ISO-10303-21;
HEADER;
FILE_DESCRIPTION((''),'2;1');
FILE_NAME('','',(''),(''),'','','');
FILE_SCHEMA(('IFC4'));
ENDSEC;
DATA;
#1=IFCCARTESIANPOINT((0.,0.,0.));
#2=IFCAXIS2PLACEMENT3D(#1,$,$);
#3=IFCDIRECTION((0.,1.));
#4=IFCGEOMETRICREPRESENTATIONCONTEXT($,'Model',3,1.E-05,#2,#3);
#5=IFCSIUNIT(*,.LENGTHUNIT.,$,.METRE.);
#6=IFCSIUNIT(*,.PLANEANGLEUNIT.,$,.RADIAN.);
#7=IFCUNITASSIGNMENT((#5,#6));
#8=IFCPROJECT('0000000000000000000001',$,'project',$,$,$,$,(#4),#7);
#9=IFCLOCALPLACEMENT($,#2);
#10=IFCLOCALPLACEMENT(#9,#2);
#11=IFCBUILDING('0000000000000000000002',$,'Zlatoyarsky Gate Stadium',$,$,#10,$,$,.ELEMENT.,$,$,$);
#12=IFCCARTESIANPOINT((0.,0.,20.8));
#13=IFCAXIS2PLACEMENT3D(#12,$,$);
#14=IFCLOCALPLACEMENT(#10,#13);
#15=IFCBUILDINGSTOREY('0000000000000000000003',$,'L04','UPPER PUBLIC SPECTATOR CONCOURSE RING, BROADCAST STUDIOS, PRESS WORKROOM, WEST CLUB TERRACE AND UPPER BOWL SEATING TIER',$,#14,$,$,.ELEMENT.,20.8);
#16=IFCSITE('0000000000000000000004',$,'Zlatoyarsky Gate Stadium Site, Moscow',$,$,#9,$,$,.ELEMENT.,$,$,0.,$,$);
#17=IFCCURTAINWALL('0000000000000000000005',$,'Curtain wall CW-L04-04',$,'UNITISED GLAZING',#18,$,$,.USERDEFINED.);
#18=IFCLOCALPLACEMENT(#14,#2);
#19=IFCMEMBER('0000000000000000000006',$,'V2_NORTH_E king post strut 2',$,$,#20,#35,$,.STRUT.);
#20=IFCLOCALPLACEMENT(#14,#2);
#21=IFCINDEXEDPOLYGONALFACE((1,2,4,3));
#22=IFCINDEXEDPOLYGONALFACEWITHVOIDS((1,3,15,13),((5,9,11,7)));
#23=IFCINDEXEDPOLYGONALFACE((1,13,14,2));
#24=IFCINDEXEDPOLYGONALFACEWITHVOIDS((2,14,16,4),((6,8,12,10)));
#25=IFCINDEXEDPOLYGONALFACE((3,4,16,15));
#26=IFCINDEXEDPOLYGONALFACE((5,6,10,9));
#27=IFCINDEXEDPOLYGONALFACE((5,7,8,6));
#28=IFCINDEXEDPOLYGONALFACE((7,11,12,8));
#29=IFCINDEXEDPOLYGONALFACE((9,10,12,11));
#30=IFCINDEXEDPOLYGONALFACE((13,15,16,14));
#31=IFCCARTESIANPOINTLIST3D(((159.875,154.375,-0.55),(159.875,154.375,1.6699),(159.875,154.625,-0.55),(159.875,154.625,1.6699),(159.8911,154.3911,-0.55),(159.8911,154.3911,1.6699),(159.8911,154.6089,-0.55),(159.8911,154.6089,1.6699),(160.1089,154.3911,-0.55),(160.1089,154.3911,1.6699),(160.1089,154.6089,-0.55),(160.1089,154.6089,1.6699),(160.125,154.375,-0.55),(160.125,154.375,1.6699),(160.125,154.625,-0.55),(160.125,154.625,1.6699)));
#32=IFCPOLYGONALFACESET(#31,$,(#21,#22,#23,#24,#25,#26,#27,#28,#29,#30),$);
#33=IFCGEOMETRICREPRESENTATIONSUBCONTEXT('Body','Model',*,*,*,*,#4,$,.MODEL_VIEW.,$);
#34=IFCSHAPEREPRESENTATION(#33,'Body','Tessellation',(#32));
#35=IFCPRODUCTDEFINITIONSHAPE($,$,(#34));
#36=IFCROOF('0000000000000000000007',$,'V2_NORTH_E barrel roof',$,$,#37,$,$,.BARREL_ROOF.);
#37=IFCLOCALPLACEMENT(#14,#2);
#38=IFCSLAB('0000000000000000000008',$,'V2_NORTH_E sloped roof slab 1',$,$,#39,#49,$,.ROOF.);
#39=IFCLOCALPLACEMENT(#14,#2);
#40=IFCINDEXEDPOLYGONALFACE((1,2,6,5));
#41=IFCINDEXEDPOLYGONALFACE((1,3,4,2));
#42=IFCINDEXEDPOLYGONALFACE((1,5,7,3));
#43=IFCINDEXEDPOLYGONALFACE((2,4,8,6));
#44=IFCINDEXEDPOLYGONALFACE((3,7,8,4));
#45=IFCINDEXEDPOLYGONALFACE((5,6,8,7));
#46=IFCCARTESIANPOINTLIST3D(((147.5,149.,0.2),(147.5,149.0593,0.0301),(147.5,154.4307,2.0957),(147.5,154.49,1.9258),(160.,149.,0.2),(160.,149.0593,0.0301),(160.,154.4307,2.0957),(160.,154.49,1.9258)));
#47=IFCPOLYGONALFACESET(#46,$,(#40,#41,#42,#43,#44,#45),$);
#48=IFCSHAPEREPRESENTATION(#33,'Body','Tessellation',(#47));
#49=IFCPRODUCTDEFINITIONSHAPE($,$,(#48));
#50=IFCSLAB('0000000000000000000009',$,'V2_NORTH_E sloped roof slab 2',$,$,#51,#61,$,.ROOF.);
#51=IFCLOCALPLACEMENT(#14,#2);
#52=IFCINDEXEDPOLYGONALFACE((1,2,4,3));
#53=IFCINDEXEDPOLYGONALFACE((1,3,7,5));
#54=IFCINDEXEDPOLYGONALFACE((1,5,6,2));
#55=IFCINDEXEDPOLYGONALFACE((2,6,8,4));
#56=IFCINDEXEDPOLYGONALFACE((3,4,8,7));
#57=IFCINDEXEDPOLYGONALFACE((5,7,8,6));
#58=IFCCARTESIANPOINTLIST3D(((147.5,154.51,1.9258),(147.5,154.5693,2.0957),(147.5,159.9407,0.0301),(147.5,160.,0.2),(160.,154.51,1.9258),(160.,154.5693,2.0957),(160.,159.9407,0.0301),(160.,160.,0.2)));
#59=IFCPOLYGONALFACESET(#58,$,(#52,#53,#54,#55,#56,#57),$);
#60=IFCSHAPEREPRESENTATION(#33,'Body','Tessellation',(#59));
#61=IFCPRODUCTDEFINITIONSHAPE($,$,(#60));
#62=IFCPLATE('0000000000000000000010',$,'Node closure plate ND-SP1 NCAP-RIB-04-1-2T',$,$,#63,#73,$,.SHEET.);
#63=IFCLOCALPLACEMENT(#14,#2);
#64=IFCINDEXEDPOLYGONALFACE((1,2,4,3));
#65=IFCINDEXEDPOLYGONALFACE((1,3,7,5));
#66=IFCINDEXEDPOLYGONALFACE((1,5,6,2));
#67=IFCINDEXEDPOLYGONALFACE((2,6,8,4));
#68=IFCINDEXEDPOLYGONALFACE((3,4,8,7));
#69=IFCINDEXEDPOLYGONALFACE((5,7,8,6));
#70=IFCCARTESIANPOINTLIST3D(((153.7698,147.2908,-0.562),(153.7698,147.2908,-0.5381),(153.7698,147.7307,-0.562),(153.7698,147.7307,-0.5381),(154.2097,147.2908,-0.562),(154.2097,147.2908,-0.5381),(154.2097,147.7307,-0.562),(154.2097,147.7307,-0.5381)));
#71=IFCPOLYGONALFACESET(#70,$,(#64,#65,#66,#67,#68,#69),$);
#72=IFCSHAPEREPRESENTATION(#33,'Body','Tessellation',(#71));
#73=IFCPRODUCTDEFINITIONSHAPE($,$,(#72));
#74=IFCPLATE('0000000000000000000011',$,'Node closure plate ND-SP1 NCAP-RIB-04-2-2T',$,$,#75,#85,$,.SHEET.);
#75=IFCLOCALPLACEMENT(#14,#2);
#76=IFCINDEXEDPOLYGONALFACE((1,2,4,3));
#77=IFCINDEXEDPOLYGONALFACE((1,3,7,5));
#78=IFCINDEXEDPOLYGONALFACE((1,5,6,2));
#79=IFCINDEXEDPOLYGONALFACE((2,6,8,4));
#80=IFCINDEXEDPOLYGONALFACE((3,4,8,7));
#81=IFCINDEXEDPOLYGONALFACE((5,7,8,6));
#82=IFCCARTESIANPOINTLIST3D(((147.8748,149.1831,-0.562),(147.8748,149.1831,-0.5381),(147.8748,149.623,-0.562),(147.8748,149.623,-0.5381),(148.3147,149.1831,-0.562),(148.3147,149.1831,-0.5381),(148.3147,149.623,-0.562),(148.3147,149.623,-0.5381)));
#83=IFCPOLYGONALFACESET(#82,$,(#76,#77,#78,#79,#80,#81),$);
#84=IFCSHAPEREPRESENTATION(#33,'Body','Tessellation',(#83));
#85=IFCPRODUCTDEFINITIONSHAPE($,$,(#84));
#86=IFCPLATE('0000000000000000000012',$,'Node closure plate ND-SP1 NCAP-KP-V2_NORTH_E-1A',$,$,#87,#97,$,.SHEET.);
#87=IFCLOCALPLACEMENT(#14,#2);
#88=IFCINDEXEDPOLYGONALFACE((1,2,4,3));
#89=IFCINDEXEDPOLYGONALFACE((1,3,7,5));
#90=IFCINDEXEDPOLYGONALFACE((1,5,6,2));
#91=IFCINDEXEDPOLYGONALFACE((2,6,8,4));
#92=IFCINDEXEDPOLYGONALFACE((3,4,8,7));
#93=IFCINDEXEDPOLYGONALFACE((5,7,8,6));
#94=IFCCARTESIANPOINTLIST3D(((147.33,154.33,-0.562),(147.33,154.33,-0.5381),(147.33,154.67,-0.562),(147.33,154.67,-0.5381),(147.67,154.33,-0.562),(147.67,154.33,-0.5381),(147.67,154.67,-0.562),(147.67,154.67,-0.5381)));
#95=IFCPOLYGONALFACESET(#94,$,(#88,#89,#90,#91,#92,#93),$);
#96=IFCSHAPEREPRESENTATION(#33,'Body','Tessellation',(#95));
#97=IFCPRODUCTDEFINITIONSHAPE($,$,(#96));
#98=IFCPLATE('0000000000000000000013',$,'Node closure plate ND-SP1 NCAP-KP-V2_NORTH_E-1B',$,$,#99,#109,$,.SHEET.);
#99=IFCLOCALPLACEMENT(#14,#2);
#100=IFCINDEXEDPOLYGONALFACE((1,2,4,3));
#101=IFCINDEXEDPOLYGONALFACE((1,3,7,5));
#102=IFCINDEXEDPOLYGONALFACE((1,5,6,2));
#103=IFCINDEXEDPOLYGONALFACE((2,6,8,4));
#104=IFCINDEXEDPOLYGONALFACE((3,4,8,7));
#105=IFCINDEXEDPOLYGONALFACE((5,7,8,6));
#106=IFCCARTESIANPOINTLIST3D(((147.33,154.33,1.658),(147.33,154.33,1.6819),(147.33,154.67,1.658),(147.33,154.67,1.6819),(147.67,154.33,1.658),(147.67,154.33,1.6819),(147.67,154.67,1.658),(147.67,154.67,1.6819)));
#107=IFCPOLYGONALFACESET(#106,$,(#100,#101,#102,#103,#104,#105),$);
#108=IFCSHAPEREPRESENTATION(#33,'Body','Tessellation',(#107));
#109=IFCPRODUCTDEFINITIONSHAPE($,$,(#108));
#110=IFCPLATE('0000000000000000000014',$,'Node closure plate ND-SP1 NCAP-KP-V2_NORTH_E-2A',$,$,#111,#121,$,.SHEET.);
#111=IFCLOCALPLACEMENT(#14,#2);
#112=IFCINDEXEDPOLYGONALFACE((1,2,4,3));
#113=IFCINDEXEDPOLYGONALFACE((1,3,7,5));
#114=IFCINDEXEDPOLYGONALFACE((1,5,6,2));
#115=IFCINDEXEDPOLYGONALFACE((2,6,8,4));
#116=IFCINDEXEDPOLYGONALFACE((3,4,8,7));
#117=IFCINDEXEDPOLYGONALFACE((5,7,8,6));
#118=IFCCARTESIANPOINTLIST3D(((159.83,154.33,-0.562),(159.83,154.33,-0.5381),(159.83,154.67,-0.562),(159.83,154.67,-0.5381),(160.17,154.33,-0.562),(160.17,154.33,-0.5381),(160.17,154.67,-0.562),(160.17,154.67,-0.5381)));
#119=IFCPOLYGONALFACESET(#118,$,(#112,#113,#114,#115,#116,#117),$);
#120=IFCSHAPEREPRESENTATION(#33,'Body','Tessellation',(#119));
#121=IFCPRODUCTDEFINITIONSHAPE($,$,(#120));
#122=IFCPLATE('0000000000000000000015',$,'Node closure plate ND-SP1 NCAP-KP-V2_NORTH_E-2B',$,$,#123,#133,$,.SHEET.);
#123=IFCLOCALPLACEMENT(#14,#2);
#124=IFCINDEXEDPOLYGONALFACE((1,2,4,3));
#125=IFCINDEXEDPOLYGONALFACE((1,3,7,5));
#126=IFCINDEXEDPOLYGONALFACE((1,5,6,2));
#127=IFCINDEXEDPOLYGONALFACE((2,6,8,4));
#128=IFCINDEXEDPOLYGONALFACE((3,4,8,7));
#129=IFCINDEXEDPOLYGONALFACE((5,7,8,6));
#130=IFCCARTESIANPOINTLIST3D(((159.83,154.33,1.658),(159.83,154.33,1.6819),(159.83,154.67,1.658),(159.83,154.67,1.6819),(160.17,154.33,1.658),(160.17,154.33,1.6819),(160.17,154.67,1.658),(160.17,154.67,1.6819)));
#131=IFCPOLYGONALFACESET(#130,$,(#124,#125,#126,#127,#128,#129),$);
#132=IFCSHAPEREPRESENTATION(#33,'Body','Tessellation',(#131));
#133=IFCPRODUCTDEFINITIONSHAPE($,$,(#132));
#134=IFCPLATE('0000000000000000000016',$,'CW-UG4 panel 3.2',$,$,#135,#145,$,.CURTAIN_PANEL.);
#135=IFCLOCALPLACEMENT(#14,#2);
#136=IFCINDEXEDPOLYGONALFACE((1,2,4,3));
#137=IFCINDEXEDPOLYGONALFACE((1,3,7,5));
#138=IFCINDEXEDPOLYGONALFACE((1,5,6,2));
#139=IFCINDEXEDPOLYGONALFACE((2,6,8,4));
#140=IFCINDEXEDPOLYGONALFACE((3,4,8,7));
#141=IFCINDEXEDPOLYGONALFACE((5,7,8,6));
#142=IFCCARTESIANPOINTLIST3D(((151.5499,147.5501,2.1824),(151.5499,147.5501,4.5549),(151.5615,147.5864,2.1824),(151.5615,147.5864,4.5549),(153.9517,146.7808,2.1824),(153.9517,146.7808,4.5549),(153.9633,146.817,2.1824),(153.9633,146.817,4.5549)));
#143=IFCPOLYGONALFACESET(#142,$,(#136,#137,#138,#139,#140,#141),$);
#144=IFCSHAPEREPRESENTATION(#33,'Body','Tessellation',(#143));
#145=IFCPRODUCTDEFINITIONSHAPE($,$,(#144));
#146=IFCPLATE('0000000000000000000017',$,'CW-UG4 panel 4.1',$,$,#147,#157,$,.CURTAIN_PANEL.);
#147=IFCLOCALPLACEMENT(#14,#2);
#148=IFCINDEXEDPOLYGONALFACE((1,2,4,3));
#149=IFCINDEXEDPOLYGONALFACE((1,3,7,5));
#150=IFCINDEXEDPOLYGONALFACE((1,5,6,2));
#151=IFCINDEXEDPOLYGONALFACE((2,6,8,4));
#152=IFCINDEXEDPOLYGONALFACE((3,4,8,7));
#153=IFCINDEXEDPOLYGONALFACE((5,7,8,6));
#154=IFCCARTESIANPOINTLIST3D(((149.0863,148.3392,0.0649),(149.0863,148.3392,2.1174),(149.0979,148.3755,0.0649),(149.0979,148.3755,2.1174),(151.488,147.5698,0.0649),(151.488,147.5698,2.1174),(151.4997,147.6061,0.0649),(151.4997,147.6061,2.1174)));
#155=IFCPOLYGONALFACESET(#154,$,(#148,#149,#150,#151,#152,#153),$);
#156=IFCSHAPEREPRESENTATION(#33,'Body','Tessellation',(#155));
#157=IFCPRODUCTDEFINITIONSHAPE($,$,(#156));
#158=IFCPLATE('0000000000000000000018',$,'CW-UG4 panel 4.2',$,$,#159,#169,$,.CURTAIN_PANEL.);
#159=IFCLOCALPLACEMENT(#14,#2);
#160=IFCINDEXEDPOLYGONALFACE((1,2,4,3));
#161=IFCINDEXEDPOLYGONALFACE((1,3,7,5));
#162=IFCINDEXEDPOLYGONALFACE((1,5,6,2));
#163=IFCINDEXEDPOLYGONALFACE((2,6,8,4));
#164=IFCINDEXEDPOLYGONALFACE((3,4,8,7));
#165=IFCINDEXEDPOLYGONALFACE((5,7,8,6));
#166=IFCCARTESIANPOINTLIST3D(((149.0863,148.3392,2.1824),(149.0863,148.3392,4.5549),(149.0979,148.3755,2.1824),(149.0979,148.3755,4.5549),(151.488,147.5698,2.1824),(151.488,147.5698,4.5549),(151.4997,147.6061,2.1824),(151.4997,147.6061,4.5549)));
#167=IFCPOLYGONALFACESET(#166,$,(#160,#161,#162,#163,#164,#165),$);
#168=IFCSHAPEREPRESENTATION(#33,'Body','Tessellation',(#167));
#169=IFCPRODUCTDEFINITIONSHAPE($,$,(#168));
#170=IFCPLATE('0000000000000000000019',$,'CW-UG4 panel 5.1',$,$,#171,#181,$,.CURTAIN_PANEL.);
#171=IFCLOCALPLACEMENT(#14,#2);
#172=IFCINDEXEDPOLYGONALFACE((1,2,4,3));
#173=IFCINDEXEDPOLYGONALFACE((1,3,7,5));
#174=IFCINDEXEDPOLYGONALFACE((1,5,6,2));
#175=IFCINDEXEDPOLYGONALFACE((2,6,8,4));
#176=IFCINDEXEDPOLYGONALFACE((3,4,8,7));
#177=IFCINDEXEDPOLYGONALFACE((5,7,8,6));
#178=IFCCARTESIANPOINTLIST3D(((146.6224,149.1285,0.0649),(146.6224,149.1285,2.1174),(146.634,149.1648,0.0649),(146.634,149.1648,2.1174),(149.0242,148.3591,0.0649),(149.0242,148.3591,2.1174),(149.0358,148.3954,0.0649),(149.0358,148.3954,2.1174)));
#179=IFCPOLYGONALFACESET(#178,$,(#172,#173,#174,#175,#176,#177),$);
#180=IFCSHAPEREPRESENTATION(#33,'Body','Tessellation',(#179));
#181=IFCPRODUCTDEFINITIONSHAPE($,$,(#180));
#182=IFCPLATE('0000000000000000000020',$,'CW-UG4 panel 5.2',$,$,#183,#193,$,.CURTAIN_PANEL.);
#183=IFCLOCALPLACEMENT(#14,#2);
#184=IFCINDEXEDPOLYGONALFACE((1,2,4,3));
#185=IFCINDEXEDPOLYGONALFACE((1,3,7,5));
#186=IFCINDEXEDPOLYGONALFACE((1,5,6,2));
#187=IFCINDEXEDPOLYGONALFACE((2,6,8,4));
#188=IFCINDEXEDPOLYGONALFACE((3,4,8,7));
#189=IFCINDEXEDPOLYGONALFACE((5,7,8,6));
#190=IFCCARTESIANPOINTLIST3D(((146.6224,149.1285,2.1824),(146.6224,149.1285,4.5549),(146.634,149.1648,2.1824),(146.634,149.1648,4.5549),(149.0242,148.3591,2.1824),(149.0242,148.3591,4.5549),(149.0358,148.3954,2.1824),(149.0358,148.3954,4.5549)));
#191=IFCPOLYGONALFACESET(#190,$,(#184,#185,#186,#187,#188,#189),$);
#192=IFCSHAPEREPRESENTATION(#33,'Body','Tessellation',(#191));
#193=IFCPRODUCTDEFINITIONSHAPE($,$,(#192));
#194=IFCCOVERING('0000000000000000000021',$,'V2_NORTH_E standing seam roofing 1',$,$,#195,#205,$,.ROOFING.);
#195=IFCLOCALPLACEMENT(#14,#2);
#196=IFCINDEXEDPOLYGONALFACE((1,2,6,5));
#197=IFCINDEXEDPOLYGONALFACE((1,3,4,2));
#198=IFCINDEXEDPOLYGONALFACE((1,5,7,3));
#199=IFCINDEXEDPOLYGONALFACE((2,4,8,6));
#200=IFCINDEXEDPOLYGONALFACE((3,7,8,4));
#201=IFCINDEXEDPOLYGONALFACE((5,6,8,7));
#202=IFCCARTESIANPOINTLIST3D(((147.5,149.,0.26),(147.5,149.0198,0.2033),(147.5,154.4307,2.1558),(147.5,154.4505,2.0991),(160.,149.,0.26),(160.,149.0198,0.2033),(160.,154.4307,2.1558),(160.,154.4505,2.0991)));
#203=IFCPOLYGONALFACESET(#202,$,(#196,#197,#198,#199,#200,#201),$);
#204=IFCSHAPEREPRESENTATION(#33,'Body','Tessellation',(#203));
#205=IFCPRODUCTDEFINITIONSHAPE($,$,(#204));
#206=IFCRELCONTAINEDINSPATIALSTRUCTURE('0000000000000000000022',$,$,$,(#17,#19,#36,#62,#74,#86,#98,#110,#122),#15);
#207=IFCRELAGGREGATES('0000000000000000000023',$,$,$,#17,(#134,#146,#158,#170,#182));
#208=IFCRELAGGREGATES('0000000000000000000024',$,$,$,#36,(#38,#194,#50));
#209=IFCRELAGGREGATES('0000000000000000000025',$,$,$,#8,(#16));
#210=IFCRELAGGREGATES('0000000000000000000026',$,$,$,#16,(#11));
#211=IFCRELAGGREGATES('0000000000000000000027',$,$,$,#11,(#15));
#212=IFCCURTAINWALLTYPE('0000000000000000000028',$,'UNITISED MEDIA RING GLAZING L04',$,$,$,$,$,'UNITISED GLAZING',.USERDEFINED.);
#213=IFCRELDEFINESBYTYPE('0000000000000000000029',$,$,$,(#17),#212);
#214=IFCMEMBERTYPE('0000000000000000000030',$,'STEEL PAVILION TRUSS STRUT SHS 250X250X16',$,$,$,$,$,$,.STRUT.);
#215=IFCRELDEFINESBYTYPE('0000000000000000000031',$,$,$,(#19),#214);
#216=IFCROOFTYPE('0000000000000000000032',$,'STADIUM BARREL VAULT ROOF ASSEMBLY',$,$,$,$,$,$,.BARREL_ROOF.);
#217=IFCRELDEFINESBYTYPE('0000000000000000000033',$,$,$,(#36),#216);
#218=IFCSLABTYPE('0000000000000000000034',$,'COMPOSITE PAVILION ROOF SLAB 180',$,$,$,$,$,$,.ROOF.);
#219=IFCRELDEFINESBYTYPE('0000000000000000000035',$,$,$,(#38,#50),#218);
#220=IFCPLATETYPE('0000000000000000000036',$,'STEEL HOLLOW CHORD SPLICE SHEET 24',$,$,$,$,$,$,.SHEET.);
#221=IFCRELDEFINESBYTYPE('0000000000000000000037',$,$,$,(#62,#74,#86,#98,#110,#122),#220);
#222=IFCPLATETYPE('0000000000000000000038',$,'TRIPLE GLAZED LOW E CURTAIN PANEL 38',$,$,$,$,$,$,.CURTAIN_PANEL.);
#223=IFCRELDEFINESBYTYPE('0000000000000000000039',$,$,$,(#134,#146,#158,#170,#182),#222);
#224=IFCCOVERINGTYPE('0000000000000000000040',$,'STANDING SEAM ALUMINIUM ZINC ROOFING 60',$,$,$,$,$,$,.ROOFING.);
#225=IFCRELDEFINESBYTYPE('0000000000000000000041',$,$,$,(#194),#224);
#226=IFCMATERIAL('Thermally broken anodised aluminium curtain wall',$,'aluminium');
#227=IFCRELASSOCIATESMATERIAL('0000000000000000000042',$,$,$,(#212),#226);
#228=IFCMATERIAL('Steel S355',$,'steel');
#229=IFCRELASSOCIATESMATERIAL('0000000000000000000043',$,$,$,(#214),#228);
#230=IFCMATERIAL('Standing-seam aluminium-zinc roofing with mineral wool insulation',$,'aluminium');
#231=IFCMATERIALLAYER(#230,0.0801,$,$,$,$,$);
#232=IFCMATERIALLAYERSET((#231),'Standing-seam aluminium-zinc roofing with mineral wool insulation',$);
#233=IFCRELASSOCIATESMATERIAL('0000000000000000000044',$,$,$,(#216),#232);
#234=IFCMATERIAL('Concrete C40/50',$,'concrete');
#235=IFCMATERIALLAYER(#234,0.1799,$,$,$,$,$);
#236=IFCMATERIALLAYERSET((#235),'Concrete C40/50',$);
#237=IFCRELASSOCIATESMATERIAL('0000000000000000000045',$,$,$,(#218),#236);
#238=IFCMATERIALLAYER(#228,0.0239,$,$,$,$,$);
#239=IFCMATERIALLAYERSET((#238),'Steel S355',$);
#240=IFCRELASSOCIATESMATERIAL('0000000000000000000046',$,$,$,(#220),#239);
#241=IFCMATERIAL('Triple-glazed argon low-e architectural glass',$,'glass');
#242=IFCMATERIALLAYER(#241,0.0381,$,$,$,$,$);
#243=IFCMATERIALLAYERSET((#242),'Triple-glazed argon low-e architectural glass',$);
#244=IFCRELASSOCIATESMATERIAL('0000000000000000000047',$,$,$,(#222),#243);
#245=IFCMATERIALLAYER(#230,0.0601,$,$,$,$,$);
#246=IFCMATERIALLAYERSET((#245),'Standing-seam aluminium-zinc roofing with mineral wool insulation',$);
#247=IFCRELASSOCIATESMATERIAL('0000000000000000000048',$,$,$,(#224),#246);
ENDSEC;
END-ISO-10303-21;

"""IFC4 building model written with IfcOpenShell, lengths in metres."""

from ifc_helpers import new_model, si_unit, direction, frame, origin, origin_2d, place, context, subcontext, project, spatial, polyline, rectangle, hollow_rectangle, outline, extrude, material, layer, layer_set, material_profile, profile_set, type_object, element, aggregate, save


model = new_model("IFC4")

# Units and contexts
model_context = context("Model", 3, precision=1e-05, world=origin(), true_north=direction((0.0, 1.0)))
body_context = subcontext(model_context, "Body", "Model", "MODEL_VIEW")
ifc_project = project(units=[si_unit("LENGTHUNIT", "METRE"), si_unit("PLANEANGLEUNIT", "RADIAN")], contexts=[model_context])

# Site, building, storey
site_placement = place(None, origin())
site = spatial("IfcSite", under=ifc_project, at=site_placement, Name="Zlatoyarsky Gate Stadium Site, Moscow", CompositionType="ELEMENT", RefElevation=0.0)
building_placement = place(site_placement, origin())
building = spatial("IfcBuilding", under=site, at=building_placement, Name="Zlatoyarsky Gate Stadium", CompositionType="ELEMENT")
storey_placement = place(building_placement, frame((0.0, 0.0, 20.8)))
storey = spatial("IfcBuildingStorey", under=building, at=storey_placement, Name="L04", Description="UPPER PUBLIC SPECTATOR CONCOURSE RING, BROADCAST STUDIOS, PRESS WORKROOM, WEST CLUB TERRACE AND UPPER BOWL SEATING TIER", CompositionType="ELEMENT", Elevation=20.8)

# Curtain wall
ifc_material_1 = material(Name="Thermally broken anodised aluminium curtain wall", Category="aluminium")
curtain_wall_type = type_object("IfcCurtainWallType", Name="UNITISED MEDIA RING GLAZING L04", ElementType="UNITISED GLAZING", PredefinedType="USERDEFINED", material=ifc_material_1)
curtain_wall_placement = place(storey_placement, origin())
curtain_wall = element("IfcCurtainWall", 1, at=curtain_wall_placement, inside=storey, type_object=curtain_wall_type, Name="Curtain wall CW-L04-04", ObjectType="UNITISED GLAZING", PredefinedType="USERDEFINED")

# Shared definitions
ifc_material_2 = material(Name="Steel S355", Category="steel")

# Member
ifc_material_profile_1 = material_profile(ifc_material_2, hollow_rectangle(XDim=0.25, YDim=0.25, WallThickness=0.0161, at=origin_2d()), Name="SHS 250X250X16")
ifc_profile_set_1 = profile_set([ifc_material_profile_1], Name="Steel S355")
member_type_1 = type_object("IfcMemberType", Name="STEEL PAVILION TRUSS STRUT SHS 250X250X16", PredefinedType="STRUT", material=ifc_profile_set_1)
for number, where, z_axis, x_axis, name in (
    (2, (160.0, 154.5, -0.55), (0.0, 0.0, 1.0), (1.0, 0.0, 0.0), "V2_NORTH_E king post strut 2"),
):
    element("IfcMember", number, at=place(storey_placement, frame(where, z_axis=z_axis, x_axis=x_axis)), inside=storey, type_object=member_type_1, Name=name, PredefinedType="STRUT", context=body_context, shape_type="SweptSolid", body=[
        extrude(hollow_rectangle(XDim=0.25, YDim=0.25, WallThickness=0.0161, at=origin_2d()), origin(), (0.0, 0.0, 1.0), 2.22),
    ])

# Roof, slabs
ifc_material_3 = material(Name="Standing-seam aluminium-zinc roofing with mineral wool insulation", Category="aluminium")
ifc_layer_1 = layer(ifc_material_3, 0.0801)
ifc_layer_set_1 = layer_set([ifc_layer_1], Name="Standing-seam aluminium-zinc roofing with mineral wool insulation")
roof_type = type_object("IfcRoofType", Name="STADIUM BARREL VAULT ROOF ASSEMBLY", PredefinedType="BARREL_ROOF", material=ifc_layer_set_1)
roof_placement = place(storey_placement, origin())
roof = element("IfcRoof", 3, at=roof_placement, inside=storey, type_object=roof_type, Name="V2_NORTH_E barrel roof", PredefinedType="BARREL_ROOF")
ifc_material_4 = material(Name="Concrete C40/50", Category="concrete")
ifc_layer_2 = layer(ifc_material_4, 0.1799)
ifc_layer_set_2 = layer_set([ifc_layer_2], Name="Concrete C40/50")
slab_type = type_object("IfcSlabType", Name="COMPOSITE PAVILION ROOF SLAB 180", PredefinedType="ROOF", material=ifc_layer_set_2)
slab_1_placement = place(storey_placement, frame((147.5, 149.0, 0.2), z_axis=(0.0, -0.329579, 0.944128), x_axis=(1.0, 0.0, 0.0)))
slab_1 = element("IfcSlab", 4, at=slab_1_placement, type_object=slab_type, Name="V2_NORTH_E sloped roof slab 1", PredefinedType="ROOF", context=body_context, shape_type="SweptSolid", body=[
    extrude(outline(polyline([(0.0, 0.0), (12.5, 0.0), (12.5, 5.752), (0.0, 5.752), (0.0, 0.0)])), origin(), (0.0, 0.0, -1.0), 0.1799),
])
slab_2_placement = place(storey_placement, frame((160.0, 160.0, 0.2), z_axis=(0.0, 0.329579, 0.944128), x_axis=(-1.0, 0.0, 0.0)))
slab_2 = element("IfcSlab", 5, at=slab_2_placement, type_object=slab_type, Name="V2_NORTH_E sloped roof slab 2", PredefinedType="ROOF", context=body_context, shape_type="SweptSolid", body=[
    extrude(outline(polyline([(0.0, 0.0), (12.5, 0.0), (12.5, 5.752), (0.0, 5.752), (0.0, 0.0)])), origin(), (0.0, 0.0, -1.0), 0.1799),
])

# Plates
ifc_layer_3 = layer(ifc_material_2, 0.0239)
ifc_layer_set_3 = layer_set([ifc_layer_3], Name="Steel S355")
plate_type_1 = type_object("IfcPlateType", Name="STEEL HOLLOW CHORD SPLICE SHEET 24", PredefinedType="SHEET", material=ifc_layer_set_3)
for number, where, z_axis, x_axis, name in (
    (6, (153.9897, 147.5107, -0.562), (0.0, 0.0, 1.0), (1.0, 0.0, 0.0), "Node closure plate ND-SP1 NCAP-RIB-04-1-2T"),
    (7, (148.0947, 149.4031, -0.562), (0.0, 0.0, 1.0), (1.0, 0.0, 0.0), "Node closure plate ND-SP1 NCAP-RIB-04-2-2T"),
):
    element("IfcPlate", number, at=place(storey_placement, frame(where, z_axis=z_axis, x_axis=x_axis)), inside=storey, type_object=plate_type_1, Name=name, PredefinedType="SHEET", context=body_context, shape_type="SweptSolid", body=[
        extrude(rectangle(XDim=0.4399, YDim=0.4399, at=origin_2d()), origin(), (0.0, 0.0, 1.0), 0.0239),
    ])
for number, where, z_axis, x_axis, name in (
    (8, (147.5, 154.5, -0.562), (0.0, 0.0, 1.0), (1.0, 0.0, 0.0), "Node closure plate ND-SP1 NCAP-KP-V2_NORTH_E-1A"),
    (9, (147.5, 154.5, 1.658), (0.0, 0.0, 1.0), (1.0, 0.0, 0.0), "Node closure plate ND-SP1 NCAP-KP-V2_NORTH_E-1B"),
    (10, (160.0, 154.5, -0.562), (0.0, 0.0, 1.0), (1.0, 0.0, 0.0), "Node closure plate ND-SP1 NCAP-KP-V2_NORTH_E-2A"),
    (11, (160.0, 154.5, 1.658), (0.0, 0.0, 1.0), (1.0, 0.0, 0.0), "Node closure plate ND-SP1 NCAP-KP-V2_NORTH_E-2B"),
):
    element("IfcPlate", number, at=place(storey_placement, frame(where, z_axis=z_axis, x_axis=x_axis)), inside=storey, type_object=plate_type_1, Name=name, PredefinedType="SHEET", context=body_context, shape_type="SweptSolid", body=[
        extrude(rectangle(XDim=0.3401, YDim=0.3401, at=origin_2d()), origin(), (0.0, 0.0, 1.0), 0.0239),
    ])

# Plates
ifc_material_5 = material(Name="Triple-glazed argon low-e architectural glass", Category="glass")
ifc_layer_4 = layer(ifc_material_5, 0.0381)
ifc_layer_set_4 = layer_set([ifc_layer_4], Name="Triple-glazed argon low-e architectural glass")
plate_type_2 = type_object("IfcPlateType", Name="TRIPLE GLAZED LOW E CURTAIN PANEL 38", PredefinedType="CURTAIN_PANEL", material=ifc_layer_set_4)
plate_1_placement = place(storey_placement, frame((152.7566, 147.1836, 2.1824), z_axis=(0.0, 0.0, 1.0), x_axis=(-0.952331, 0.305066, 0.0)))
plate_1 = element("IfcPlate", 12, at=plate_1_placement, type_object=plate_type_2, Name="CW-UG4 panel 3.2", PredefinedType="CURTAIN_PANEL", context=body_context, shape_type="SweptSolid", body=[
    extrude(rectangle(XDim=2.522, YDim=0.0381, at=origin_2d()), origin(), (0.0, 0.0, 1.0), 2.3726),
])
plate_2_placement = place(storey_placement, frame((150.293, 147.9727, 0.0649), z_axis=(0.0, 0.0, 1.0), x_axis=(-0.952331, 0.305066, 0.0)))
plate_2 = element("IfcPlate", 13, at=plate_2_placement, type_object=plate_type_2, Name="CW-UG4 panel 4.1", PredefinedType="CURTAIN_PANEL", context=body_context, shape_type="SweptSolid", body=[
    extrude(rectangle(XDim=2.522, YDim=0.0381, at=origin_2d()), origin(), (0.0, 0.0, 1.0), 2.0525),
])
plate_3_placement = place(storey_placement, frame((150.293, 147.9727, 2.1824), z_axis=(0.0, 0.0, 1.0), x_axis=(-0.952331, 0.305066, 0.0)))
plate_3 = element("IfcPlate", 14, at=plate_3_placement, type_object=plate_type_2, Name="CW-UG4 panel 4.2", PredefinedType="CURTAIN_PANEL", context=body_context, shape_type="SweptSolid", body=[
    extrude(rectangle(XDim=2.522, YDim=0.0381, at=origin_2d()), origin(), (0.0, 0.0, 1.0), 2.3726),
])
plate_4_placement = place(storey_placement, frame((147.8291, 148.762, 0.0649), z_axis=(0.0, 0.0, 1.0), x_axis=(-0.952331, 0.305066, 0.0)))
plate_4 = element("IfcPlate", 15, at=plate_4_placement, type_object=plate_type_2, Name="CW-UG4 panel 5.1", PredefinedType="CURTAIN_PANEL", context=body_context, shape_type="SweptSolid", body=[
    extrude(rectangle(XDim=2.522, YDim=0.0381, at=origin_2d()), origin(), (0.0, 0.0, 1.0), 2.0525),
])
plate_5_placement = place(storey_placement, frame((147.8291, 148.762, 2.1824), z_axis=(0.0, 0.0, 1.0), x_axis=(-0.952331, 0.305066, 0.0)))
plate_5 = element("IfcPlate", 16, at=plate_5_placement, type_object=plate_type_2, Name="CW-UG4 panel 5.2", PredefinedType="CURTAIN_PANEL", context=body_context, shape_type="SweptSolid", body=[
    extrude(rectangle(XDim=2.522, YDim=0.0381, at=origin_2d()), origin(), (0.0, 0.0, 1.0), 2.3726),
])
aggregate(curtain_wall, [plate_1, plate_2, plate_3, plate_4, plate_5])

# Covering
ifc_layer_5 = layer(ifc_material_3, 0.0601)
ifc_layer_set_5 = layer_set([ifc_layer_5], Name="Standing-seam aluminium-zinc roofing with mineral wool insulation")
covering_type = type_object("IfcCoveringType", Name="STANDING SEAM ALUMINIUM ZINC ROOFING 60", PredefinedType="ROOFING", material=ifc_layer_set_5)
covering_1_placement = place(storey_placement, frame((147.5, 149.0, 0.26), z_axis=(0.0, -0.329579, 0.944128), x_axis=(1.0, 0.0, 0.0)))
covering_1 = element("IfcCovering", 17, at=covering_1_placement, type_object=covering_type, Name="V2_NORTH_E standing seam roofing 1", PredefinedType="ROOFING", context=body_context, shape_type="SweptSolid", body=[
    extrude(outline(polyline([(0.0, 0.0), (12.5, 0.0), (12.5, 5.752), (0.0, 5.752), (0.0, 0.0)])), origin(), (0.0, 0.0, -1.0), 0.0601),
])
aggregate(roof, [slab_1, covering_1, slab_2])

save(model, "model.ifc")
